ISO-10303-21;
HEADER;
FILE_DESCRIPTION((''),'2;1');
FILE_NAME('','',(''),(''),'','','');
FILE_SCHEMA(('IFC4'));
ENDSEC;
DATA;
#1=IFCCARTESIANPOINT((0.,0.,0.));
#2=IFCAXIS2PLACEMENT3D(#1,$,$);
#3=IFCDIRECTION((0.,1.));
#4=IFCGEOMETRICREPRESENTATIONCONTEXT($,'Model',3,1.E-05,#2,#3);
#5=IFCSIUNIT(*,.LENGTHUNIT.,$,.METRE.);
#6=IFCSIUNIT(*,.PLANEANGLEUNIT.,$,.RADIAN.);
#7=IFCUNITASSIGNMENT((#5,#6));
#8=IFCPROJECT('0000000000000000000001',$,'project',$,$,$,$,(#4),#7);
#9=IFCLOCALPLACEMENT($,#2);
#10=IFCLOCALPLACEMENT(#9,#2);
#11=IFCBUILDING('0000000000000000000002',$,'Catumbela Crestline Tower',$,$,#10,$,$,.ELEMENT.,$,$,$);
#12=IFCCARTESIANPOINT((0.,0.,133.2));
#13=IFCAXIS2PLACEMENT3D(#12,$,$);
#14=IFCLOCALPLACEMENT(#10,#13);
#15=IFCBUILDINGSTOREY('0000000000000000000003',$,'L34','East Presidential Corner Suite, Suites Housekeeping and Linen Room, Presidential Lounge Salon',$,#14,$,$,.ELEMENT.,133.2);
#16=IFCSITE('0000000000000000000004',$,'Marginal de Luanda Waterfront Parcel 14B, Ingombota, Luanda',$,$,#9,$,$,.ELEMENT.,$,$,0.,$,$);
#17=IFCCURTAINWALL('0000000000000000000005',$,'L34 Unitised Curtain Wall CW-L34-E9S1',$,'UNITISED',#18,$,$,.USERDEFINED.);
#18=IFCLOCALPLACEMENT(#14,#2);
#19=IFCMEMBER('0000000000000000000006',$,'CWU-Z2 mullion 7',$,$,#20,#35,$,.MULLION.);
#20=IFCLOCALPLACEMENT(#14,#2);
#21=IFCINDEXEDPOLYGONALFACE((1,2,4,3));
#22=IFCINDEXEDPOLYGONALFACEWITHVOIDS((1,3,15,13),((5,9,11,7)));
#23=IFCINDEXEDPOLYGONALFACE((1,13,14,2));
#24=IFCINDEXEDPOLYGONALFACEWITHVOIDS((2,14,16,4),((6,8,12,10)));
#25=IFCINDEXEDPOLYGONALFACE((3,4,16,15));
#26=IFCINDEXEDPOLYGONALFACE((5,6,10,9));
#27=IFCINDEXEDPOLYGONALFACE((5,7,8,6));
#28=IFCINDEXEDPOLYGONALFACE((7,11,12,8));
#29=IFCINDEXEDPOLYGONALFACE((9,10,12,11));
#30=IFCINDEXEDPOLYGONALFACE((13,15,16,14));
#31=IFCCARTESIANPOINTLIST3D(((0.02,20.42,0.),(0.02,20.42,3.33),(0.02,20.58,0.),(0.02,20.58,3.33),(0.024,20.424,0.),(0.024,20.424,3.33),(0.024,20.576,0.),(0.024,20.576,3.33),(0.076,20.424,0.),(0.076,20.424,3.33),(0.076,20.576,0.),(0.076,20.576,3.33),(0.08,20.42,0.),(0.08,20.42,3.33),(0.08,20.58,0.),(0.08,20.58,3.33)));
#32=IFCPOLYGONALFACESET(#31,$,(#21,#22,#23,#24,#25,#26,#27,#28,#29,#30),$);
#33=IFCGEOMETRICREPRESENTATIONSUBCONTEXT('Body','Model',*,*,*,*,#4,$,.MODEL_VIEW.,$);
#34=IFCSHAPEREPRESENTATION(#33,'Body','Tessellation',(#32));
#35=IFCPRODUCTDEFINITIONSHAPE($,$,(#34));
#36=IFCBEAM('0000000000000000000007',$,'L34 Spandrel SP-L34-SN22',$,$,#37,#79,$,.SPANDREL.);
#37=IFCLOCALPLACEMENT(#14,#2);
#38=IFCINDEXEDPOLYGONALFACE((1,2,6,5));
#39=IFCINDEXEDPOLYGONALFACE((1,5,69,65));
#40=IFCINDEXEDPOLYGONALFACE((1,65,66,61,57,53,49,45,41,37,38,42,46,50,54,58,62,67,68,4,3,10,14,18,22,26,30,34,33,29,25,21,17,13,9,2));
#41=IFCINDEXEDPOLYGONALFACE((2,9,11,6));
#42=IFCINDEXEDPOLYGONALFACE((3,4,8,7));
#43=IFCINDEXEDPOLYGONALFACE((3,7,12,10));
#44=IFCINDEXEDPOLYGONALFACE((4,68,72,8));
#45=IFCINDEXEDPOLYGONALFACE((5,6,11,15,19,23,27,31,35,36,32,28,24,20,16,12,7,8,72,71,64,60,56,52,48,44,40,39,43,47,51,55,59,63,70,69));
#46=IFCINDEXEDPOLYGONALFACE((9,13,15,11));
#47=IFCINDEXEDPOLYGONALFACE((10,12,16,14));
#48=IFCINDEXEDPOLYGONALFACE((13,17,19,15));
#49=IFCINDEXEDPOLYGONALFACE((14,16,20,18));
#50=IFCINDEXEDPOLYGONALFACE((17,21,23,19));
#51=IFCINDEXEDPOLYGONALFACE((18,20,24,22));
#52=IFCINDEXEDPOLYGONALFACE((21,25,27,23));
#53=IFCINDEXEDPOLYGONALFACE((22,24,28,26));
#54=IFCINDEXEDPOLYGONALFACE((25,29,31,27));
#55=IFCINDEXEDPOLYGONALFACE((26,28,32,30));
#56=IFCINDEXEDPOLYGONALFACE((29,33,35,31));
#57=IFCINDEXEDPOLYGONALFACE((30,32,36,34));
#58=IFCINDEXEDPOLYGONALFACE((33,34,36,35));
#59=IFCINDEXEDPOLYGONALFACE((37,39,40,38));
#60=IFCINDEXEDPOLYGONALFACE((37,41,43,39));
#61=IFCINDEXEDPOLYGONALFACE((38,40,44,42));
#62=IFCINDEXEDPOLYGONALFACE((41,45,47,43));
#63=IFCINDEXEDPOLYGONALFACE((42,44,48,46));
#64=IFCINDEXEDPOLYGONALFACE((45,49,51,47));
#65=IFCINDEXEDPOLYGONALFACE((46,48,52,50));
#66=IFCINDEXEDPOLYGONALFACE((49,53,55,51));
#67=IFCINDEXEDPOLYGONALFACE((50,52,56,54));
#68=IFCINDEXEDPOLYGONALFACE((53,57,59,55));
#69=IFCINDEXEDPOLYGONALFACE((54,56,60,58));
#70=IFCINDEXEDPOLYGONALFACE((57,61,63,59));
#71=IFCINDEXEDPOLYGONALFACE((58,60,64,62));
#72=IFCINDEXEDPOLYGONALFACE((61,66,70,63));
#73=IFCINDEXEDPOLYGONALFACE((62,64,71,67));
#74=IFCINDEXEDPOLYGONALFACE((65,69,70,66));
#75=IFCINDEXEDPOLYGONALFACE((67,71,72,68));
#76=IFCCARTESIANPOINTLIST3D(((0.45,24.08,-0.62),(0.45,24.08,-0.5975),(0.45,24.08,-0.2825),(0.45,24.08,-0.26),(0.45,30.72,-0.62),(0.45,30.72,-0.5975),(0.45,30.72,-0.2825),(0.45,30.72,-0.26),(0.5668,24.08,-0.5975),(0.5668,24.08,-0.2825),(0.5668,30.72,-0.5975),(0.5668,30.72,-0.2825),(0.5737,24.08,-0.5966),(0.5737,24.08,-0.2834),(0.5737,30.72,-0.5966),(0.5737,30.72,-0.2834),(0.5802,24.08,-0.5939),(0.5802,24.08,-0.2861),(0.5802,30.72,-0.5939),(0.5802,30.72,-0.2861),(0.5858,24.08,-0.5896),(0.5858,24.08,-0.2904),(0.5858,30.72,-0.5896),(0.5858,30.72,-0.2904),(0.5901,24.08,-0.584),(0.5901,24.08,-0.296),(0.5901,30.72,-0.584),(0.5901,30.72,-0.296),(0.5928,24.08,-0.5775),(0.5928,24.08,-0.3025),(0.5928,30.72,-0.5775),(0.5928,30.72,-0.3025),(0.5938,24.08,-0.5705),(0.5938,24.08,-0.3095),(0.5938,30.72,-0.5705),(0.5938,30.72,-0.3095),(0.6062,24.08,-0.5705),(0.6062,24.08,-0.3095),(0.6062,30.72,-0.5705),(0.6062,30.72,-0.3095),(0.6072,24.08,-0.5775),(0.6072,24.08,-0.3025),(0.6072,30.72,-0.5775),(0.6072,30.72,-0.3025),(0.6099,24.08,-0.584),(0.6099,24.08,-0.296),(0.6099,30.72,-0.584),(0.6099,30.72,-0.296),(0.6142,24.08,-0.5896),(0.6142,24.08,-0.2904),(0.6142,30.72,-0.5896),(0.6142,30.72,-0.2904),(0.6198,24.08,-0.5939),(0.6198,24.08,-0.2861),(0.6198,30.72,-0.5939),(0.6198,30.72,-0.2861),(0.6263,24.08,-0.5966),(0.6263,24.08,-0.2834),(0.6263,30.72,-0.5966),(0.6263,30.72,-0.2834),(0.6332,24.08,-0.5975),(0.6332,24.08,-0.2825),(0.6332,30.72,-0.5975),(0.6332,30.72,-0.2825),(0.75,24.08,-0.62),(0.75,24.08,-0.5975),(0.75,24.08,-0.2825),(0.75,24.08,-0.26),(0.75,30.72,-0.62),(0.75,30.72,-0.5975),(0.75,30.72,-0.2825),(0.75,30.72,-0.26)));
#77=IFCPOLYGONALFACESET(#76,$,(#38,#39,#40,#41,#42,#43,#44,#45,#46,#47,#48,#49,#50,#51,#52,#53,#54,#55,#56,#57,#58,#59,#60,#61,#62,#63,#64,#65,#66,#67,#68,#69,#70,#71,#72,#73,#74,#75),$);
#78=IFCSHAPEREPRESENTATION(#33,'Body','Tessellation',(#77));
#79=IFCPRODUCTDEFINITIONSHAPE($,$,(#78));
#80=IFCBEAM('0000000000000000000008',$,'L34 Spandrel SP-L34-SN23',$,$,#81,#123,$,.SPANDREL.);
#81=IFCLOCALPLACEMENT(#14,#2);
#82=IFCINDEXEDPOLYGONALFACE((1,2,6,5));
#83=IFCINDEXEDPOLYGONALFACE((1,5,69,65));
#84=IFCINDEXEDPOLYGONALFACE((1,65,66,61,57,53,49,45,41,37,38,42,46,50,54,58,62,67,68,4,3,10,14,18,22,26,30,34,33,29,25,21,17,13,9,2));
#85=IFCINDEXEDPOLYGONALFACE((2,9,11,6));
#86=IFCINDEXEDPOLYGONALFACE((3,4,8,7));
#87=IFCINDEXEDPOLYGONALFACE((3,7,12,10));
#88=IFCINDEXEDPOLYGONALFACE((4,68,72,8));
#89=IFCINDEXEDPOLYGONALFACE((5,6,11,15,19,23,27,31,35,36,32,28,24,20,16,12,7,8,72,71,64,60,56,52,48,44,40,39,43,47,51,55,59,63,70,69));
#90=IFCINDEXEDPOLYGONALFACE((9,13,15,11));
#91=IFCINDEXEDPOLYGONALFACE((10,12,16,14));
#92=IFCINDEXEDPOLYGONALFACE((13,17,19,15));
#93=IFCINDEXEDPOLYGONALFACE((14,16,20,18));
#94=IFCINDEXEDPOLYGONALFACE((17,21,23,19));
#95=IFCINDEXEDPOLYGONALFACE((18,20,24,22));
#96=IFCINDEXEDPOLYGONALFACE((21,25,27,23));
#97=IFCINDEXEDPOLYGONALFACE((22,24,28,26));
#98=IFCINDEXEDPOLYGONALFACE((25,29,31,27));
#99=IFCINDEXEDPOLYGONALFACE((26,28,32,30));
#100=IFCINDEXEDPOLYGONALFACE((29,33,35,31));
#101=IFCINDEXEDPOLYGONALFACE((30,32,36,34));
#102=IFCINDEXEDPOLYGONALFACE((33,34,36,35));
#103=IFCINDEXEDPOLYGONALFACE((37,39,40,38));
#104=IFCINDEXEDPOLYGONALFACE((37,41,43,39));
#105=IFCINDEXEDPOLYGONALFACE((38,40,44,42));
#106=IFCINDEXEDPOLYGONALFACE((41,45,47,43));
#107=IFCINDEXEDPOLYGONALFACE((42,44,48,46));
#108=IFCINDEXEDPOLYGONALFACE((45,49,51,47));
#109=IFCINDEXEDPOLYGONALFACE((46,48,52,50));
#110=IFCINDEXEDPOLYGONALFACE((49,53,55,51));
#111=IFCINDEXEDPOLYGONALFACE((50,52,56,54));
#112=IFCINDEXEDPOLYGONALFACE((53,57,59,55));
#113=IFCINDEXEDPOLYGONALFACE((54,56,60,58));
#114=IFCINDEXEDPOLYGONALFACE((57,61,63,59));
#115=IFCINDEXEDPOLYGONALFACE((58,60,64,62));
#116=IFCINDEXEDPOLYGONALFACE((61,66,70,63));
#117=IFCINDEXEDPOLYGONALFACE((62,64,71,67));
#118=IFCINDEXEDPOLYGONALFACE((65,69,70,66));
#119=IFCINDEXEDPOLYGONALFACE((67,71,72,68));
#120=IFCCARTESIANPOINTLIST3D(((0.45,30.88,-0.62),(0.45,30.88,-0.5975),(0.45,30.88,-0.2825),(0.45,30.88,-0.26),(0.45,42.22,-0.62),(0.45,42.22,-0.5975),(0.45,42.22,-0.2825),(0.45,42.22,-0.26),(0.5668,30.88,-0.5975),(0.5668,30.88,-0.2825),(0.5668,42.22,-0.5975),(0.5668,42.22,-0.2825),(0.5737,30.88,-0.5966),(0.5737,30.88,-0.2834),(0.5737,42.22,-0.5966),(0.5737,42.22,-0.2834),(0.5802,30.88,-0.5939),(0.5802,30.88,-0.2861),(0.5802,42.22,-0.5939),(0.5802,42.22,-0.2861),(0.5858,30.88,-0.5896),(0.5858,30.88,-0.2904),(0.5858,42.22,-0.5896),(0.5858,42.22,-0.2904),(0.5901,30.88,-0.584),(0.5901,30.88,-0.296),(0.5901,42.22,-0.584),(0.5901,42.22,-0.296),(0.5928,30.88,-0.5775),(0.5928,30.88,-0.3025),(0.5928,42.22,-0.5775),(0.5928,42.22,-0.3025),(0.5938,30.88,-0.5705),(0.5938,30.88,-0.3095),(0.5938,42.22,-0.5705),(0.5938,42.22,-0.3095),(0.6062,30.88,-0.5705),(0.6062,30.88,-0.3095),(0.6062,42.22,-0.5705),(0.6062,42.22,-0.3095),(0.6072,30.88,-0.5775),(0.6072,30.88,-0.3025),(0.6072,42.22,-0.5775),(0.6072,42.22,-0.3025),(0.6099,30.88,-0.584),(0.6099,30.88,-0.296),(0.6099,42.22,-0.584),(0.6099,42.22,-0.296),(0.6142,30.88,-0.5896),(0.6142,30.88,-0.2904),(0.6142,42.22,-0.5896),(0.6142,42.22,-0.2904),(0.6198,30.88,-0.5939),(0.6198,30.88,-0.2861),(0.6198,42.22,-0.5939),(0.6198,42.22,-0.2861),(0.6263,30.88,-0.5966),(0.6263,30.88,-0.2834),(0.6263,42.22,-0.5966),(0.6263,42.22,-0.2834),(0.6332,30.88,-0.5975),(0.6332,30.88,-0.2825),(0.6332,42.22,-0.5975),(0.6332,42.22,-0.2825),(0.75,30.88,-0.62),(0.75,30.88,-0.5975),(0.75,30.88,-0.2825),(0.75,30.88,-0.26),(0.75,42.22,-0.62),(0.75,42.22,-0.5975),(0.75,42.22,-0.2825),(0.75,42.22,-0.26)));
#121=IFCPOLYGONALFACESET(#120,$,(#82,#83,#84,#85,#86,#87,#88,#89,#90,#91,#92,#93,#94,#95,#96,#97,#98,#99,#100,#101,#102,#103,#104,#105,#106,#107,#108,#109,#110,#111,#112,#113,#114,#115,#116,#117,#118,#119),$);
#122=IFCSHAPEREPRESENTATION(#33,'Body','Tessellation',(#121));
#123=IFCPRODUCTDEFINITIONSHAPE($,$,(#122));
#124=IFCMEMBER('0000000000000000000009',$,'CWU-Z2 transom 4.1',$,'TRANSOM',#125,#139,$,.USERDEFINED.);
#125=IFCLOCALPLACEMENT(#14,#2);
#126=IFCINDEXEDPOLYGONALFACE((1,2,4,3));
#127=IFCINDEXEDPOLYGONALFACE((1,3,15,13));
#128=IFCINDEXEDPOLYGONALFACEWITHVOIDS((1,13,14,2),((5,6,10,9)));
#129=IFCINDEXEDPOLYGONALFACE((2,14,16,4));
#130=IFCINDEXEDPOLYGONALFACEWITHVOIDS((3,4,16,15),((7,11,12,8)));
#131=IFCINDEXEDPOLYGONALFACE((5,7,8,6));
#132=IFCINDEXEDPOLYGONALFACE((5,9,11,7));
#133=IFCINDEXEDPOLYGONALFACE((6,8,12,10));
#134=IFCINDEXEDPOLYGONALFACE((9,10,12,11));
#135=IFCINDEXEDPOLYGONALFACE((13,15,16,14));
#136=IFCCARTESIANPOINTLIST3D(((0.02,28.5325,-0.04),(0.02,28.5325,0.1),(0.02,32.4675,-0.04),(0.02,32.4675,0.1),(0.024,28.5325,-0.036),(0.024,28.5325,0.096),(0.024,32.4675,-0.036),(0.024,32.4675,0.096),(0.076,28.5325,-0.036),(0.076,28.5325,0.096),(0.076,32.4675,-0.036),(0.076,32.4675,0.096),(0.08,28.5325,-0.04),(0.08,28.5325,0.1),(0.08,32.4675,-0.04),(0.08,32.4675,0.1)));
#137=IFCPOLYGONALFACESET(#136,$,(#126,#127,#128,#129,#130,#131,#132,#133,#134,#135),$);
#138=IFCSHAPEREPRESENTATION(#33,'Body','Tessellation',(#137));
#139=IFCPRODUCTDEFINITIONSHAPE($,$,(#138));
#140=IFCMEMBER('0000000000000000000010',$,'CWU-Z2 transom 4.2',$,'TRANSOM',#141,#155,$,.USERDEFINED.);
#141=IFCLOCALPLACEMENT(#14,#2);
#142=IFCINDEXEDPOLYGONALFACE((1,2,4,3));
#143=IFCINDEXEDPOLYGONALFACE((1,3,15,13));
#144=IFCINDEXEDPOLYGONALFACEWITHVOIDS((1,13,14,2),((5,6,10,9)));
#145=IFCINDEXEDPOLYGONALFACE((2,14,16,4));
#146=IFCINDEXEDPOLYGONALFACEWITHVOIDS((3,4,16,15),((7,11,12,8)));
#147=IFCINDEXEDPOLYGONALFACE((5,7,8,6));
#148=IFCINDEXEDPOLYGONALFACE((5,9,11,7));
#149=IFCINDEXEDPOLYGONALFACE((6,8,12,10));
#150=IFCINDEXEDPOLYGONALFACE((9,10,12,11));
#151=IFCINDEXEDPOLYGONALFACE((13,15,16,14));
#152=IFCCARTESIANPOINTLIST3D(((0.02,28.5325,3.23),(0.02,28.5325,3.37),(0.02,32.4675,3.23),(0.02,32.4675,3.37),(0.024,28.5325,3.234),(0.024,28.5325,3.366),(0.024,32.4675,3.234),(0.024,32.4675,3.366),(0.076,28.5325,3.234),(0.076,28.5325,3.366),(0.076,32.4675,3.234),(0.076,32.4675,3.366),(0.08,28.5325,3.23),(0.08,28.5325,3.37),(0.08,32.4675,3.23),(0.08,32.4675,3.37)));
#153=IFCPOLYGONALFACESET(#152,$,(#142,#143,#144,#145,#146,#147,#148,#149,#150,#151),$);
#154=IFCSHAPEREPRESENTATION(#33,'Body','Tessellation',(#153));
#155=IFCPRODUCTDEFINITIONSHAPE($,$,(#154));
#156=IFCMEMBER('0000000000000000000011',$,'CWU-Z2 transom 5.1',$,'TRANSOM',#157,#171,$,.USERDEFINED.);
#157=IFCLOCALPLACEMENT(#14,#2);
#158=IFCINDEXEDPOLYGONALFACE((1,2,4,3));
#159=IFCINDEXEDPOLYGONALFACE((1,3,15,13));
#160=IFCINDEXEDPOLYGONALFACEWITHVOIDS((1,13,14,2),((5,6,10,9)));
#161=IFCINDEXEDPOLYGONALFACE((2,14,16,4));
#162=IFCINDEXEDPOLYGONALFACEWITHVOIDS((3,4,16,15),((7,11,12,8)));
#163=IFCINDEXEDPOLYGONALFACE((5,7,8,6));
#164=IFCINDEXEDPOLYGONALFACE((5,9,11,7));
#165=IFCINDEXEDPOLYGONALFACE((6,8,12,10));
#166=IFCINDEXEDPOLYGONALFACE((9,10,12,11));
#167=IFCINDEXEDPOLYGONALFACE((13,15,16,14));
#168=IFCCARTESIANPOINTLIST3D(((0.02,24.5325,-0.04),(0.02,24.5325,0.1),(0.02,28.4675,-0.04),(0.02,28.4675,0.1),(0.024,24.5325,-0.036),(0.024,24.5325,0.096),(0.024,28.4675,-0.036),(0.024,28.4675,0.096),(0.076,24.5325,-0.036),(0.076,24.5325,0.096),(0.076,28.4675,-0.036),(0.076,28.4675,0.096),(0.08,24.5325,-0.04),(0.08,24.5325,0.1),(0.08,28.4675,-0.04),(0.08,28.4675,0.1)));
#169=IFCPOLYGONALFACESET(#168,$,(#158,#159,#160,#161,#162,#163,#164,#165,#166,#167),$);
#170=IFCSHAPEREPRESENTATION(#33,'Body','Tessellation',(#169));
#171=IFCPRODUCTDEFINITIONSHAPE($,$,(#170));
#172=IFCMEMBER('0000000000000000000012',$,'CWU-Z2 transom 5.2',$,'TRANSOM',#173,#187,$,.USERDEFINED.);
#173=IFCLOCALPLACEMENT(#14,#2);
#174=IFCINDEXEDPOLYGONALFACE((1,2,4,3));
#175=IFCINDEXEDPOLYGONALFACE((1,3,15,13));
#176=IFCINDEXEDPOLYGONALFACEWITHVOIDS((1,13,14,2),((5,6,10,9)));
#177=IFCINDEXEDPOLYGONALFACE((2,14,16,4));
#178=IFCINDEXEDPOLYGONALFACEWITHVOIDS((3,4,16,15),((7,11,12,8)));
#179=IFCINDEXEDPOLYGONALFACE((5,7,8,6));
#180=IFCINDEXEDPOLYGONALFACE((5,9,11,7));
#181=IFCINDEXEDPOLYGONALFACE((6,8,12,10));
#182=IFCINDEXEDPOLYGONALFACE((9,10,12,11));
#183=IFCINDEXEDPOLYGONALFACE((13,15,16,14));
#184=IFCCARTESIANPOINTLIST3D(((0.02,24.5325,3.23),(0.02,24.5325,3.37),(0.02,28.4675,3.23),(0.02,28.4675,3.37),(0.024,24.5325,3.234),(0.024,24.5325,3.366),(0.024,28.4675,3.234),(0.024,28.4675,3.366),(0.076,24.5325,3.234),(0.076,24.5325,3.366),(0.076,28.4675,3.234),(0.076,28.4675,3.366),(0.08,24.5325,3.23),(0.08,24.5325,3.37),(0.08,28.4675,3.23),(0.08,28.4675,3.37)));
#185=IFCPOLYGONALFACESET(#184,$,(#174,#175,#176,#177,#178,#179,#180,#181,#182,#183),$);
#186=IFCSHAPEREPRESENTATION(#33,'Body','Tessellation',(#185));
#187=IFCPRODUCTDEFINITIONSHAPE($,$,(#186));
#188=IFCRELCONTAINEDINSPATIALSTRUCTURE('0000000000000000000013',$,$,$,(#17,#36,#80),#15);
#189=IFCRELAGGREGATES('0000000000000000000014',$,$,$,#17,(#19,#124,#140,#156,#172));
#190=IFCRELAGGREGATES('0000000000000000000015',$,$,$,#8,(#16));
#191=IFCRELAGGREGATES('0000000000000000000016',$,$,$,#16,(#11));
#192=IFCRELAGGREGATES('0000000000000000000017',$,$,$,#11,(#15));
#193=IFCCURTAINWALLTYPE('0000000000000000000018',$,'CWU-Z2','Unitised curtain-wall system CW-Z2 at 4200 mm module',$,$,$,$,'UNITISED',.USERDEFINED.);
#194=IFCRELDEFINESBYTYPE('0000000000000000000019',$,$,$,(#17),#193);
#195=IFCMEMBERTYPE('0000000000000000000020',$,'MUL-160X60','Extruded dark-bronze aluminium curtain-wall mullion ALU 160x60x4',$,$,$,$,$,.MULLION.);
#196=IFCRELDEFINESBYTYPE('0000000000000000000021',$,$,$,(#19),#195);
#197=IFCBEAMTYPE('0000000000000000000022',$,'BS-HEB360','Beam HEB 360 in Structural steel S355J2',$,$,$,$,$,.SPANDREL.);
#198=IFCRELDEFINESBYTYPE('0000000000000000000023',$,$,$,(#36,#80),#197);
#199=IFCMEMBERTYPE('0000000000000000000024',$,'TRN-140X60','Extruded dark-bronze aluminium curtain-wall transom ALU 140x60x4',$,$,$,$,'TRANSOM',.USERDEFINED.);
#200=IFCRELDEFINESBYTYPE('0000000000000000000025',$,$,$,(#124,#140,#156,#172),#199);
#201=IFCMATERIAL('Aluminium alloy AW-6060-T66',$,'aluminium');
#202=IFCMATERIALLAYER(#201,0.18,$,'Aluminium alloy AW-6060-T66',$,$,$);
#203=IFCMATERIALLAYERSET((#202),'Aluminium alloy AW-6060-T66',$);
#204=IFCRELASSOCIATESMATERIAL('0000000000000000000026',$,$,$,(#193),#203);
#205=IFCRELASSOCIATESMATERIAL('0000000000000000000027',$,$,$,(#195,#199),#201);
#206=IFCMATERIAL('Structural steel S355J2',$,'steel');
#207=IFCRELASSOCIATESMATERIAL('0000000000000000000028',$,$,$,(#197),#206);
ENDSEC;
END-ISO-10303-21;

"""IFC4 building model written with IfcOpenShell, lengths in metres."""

from ifc_helpers import new_model, si_unit, direction, frame, origin, origin_2d, place, context, subcontext, project, spatial, hollow_rectangle, i_section, extrude, material, layer, layer_set, material_profile, profile_set, type_object, element, aggregate, save


model = new_model("IFC4")

# Units and contexts
model_context = context("Model", 3, precision=1e-05, world=origin(), true_north=direction((0.0, 1.0)))
body_context = subcontext(model_context, "Body", "Model", "MODEL_VIEW")
ifc_project = project(units=[si_unit("LENGTHUNIT", "METRE"), si_unit("PLANEANGLEUNIT", "RADIAN")], contexts=[model_context])

# Site, building, storey
site_placement = place(None, origin())
site = spatial("IfcSite", under=ifc_project, at=site_placement, Name="Marginal de Luanda Waterfront Parcel 14B, Ingombota, Luanda", CompositionType="ELEMENT", RefElevation=0.0)
building_placement = place(site_placement, origin())
building = spatial("IfcBuilding", under=site, at=building_placement, Name="Catumbela Crestline Tower", CompositionType="ELEMENT")
storey_placement = place(building_placement, frame((0.0, 0.0, 133.2)))
storey = spatial("IfcBuildingStorey", under=building, at=storey_placement, Name="L34", Description="East Presidential Corner Suite, Suites Housekeeping and Linen Room, Presidential Lounge Salon", CompositionType="ELEMENT", Elevation=133.2)

# Shared definitions
ifc_material_1 = material(Name="Structural steel S355J2", Category="steel")

# Curtain wall, member
ifc_material_2 = material(Name="Aluminium alloy AW-6060-T66", Category="aluminium")
ifc_layer_1 = layer(ifc_material_2, 0.18, Name="Aluminium alloy AW-6060-T66")
ifc_layer_set_1 = layer_set([ifc_layer_1], Name="Aluminium alloy AW-6060-T66")
curtain_wall_type = type_object("IfcCurtainWallType", Name="CWU-Z2", Description="Unitised curtain-wall system CW-Z2 at 4200 mm module", ElementType="UNITISED", PredefinedType="USERDEFINED", material=ifc_layer_set_1)
curtain_wall_placement = place(storey_placement, origin())
curtain_wall = element("IfcCurtainWall", 1, at=curtain_wall_placement, inside=storey, type_object=curtain_wall_type, Name="L34 Unitised Curtain Wall CW-L34-E9S1", ObjectType="UNITISED", PredefinedType="USERDEFINED")
ifc_material_profile_1 = material_profile(ifc_material_2, hollow_rectangle(XDim=0.06, YDim=0.16, WallThickness=0.004, at=origin_2d()), Name="ALU 160x60x4")
ifc_profile_set_1 = profile_set([ifc_material_profile_1], Name="Aluminium alloy AW-6060-T66")
member_type_1 = type_object("IfcMemberType", Name="MUL-160X60", Description="Extruded dark-bronze aluminium curtain-wall mullion ALU 160x60x4", PredefinedType="MULLION", material=ifc_profile_set_1)
member_1_placement = place(storey_placement, frame((0.05, 20.5, 0.0), z_axis=(0.0, 0.0, 1.0), x_axis=(1.0, 0.0, 0.0)))
member_1 = element("IfcMember", 2, at=member_1_placement, type_object=member_type_1, Name="CWU-Z2 mullion 7", PredefinedType="MULLION", context=body_context, shape_type="SweptSolid", body=[
    extrude(hollow_rectangle(XDim=0.06, YDim=0.16, WallThickness=0.004, at=origin_2d()), origin(), (0.0, 0.0, 1.0), 3.33),
])

# Beams
ifc_material_profile_2 = material_profile(ifc_material_1, i_section(OverallWidth=0.3, OverallDepth=0.36, WebThickness=0.0125, FlangeThickness=0.0225, FilletRadius=0.027, at=origin_2d()), Name="HEB 360")
ifc_profile_set_2 = profile_set([ifc_material_profile_2], Name="Structural steel S355J2")
beam_type_1 = type_object("IfcBeamType", Name="BS-HEB360", Description="Beam HEB 360 in Structural steel S355J2", PredefinedType="SPANDREL", material=ifc_profile_set_2)
beam_1_placement = place(storey_placement, frame((0.6, 24.08, -0.44), z_axis=(0.0, 1.0, 0.0), x_axis=(-1.0, 0.0, 0.0)))
element("IfcBeam", 3, at=beam_1_placement, inside=storey, type_object=beam_type_1, Name="L34 Spandrel SP-L34-SN22", PredefinedType="SPANDREL", context=body_context, shape_type="SweptSolid", body=[
    extrude(i_section(OverallWidth=0.3, OverallDepth=0.36, WebThickness=0.0125, FlangeThickness=0.0225, FilletRadius=0.027, at=origin_2d()), origin(), (0.0, 0.0, 1.0), 6.64),
])
beam_2_placement = place(storey_placement, frame((0.6, 30.88, -0.44), z_axis=(0.0, 1.0, 0.0), x_axis=(-1.0, 0.0, 0.0)))
element("IfcBeam", 4, at=beam_2_placement, inside=storey, type_object=beam_type_1, Name="L34 Spandrel SP-L34-SN23", PredefinedType="SPANDREL", context=body_context, shape_type="SweptSolid", body=[
    extrude(i_section(OverallWidth=0.3, OverallDepth=0.36, WebThickness=0.0125, FlangeThickness=0.0225, FilletRadius=0.027, at=origin_2d()), origin(), (0.0, 0.0, 1.0), 11.34),
])

# Members
ifc_material_profile_3 = material_profile(ifc_material_2, hollow_rectangle(XDim=0.06, YDim=0.14, WallThickness=0.004, at=origin_2d()), Name="ALU 140x60x4")
ifc_profile_set_3 = profile_set([ifc_material_profile_3], Name="Aluminium alloy AW-6060-T66")
member_type_2 = type_object("IfcMemberType", Name="TRN-140X60", Description="Extruded dark-bronze aluminium curtain-wall transom ALU 140x60x4", ElementType="TRANSOM", PredefinedType="USERDEFINED", material=ifc_profile_set_3)
member_2_placement = place(storey_placement, frame((0.05, 32.4675, 0.03), z_axis=(0.0, -1.0, 0.0), x_axis=(1.0, 0.0, 0.0)))
member_2 = element("IfcMember", 5, at=member_2_placement, type_object=member_type_2, Name="CWU-Z2 transom 4.1", ObjectType="TRANSOM", PredefinedType="USERDEFINED", context=body_context, shape_type="SweptSolid", body=[
    extrude(hollow_rectangle(XDim=0.06, YDim=0.14, WallThickness=0.004, at=origin_2d()), origin(), (0.0, 0.0, 1.0), 3.935),
])
member_3_placement = place(storey_placement, frame((0.05, 32.4675, 3.3), z_axis=(0.0, -1.0, 0.0), x_axis=(1.0, 0.0, 0.0)))
member_3 = element("IfcMember", 6, at=member_3_placement, type_object=member_type_2, Name="CWU-Z2 transom 4.2", ObjectType="TRANSOM", PredefinedType="USERDEFINED", context=body_context, shape_type="SweptSolid", body=[
    extrude(hollow_rectangle(XDim=0.06, YDim=0.14, WallThickness=0.004, at=origin_2d()), origin(), (0.0, 0.0, 1.0), 3.935),
])
member_4_placement = place(storey_placement, frame((0.05, 28.4675, 0.03), z_axis=(0.0, -1.0, 0.0), x_axis=(1.0, 0.0, 0.0)))
member_4 = element("IfcMember", 7, at=member_4_placement, type_object=member_type_2, Name="CWU-Z2 transom 5.1", ObjectType="TRANSOM", PredefinedType="USERDEFINED", context=body_context, shape_type="SweptSolid", body=[
    extrude(hollow_rectangle(XDim=0.06, YDim=0.14, WallThickness=0.004, at=origin_2d()), origin(), (0.0, 0.0, 1.0), 3.935),
])
member_5_placement = place(storey_placement, frame((0.05, 28.4675, 3.3), z_axis=(0.0, -1.0, 0.0), x_axis=(1.0, 0.0, 0.0)))
member_5 = element("IfcMember", 8, at=member_5_placement, type_object=member_type_2, Name="CWU-Z2 transom 5.2", ObjectType="TRANSOM", PredefinedType="USERDEFINED", context=body_context, shape_type="SweptSolid", body=[
    extrude(hollow_rectangle(XDim=0.06, YDim=0.14, WallThickness=0.004, at=origin_2d()), origin(), (0.0, 0.0, 1.0), 3.935),
])

aggregate(curtain_wall, [member_1, member_2, member_3, member_4, member_5])

save(model, "model.ifc")
